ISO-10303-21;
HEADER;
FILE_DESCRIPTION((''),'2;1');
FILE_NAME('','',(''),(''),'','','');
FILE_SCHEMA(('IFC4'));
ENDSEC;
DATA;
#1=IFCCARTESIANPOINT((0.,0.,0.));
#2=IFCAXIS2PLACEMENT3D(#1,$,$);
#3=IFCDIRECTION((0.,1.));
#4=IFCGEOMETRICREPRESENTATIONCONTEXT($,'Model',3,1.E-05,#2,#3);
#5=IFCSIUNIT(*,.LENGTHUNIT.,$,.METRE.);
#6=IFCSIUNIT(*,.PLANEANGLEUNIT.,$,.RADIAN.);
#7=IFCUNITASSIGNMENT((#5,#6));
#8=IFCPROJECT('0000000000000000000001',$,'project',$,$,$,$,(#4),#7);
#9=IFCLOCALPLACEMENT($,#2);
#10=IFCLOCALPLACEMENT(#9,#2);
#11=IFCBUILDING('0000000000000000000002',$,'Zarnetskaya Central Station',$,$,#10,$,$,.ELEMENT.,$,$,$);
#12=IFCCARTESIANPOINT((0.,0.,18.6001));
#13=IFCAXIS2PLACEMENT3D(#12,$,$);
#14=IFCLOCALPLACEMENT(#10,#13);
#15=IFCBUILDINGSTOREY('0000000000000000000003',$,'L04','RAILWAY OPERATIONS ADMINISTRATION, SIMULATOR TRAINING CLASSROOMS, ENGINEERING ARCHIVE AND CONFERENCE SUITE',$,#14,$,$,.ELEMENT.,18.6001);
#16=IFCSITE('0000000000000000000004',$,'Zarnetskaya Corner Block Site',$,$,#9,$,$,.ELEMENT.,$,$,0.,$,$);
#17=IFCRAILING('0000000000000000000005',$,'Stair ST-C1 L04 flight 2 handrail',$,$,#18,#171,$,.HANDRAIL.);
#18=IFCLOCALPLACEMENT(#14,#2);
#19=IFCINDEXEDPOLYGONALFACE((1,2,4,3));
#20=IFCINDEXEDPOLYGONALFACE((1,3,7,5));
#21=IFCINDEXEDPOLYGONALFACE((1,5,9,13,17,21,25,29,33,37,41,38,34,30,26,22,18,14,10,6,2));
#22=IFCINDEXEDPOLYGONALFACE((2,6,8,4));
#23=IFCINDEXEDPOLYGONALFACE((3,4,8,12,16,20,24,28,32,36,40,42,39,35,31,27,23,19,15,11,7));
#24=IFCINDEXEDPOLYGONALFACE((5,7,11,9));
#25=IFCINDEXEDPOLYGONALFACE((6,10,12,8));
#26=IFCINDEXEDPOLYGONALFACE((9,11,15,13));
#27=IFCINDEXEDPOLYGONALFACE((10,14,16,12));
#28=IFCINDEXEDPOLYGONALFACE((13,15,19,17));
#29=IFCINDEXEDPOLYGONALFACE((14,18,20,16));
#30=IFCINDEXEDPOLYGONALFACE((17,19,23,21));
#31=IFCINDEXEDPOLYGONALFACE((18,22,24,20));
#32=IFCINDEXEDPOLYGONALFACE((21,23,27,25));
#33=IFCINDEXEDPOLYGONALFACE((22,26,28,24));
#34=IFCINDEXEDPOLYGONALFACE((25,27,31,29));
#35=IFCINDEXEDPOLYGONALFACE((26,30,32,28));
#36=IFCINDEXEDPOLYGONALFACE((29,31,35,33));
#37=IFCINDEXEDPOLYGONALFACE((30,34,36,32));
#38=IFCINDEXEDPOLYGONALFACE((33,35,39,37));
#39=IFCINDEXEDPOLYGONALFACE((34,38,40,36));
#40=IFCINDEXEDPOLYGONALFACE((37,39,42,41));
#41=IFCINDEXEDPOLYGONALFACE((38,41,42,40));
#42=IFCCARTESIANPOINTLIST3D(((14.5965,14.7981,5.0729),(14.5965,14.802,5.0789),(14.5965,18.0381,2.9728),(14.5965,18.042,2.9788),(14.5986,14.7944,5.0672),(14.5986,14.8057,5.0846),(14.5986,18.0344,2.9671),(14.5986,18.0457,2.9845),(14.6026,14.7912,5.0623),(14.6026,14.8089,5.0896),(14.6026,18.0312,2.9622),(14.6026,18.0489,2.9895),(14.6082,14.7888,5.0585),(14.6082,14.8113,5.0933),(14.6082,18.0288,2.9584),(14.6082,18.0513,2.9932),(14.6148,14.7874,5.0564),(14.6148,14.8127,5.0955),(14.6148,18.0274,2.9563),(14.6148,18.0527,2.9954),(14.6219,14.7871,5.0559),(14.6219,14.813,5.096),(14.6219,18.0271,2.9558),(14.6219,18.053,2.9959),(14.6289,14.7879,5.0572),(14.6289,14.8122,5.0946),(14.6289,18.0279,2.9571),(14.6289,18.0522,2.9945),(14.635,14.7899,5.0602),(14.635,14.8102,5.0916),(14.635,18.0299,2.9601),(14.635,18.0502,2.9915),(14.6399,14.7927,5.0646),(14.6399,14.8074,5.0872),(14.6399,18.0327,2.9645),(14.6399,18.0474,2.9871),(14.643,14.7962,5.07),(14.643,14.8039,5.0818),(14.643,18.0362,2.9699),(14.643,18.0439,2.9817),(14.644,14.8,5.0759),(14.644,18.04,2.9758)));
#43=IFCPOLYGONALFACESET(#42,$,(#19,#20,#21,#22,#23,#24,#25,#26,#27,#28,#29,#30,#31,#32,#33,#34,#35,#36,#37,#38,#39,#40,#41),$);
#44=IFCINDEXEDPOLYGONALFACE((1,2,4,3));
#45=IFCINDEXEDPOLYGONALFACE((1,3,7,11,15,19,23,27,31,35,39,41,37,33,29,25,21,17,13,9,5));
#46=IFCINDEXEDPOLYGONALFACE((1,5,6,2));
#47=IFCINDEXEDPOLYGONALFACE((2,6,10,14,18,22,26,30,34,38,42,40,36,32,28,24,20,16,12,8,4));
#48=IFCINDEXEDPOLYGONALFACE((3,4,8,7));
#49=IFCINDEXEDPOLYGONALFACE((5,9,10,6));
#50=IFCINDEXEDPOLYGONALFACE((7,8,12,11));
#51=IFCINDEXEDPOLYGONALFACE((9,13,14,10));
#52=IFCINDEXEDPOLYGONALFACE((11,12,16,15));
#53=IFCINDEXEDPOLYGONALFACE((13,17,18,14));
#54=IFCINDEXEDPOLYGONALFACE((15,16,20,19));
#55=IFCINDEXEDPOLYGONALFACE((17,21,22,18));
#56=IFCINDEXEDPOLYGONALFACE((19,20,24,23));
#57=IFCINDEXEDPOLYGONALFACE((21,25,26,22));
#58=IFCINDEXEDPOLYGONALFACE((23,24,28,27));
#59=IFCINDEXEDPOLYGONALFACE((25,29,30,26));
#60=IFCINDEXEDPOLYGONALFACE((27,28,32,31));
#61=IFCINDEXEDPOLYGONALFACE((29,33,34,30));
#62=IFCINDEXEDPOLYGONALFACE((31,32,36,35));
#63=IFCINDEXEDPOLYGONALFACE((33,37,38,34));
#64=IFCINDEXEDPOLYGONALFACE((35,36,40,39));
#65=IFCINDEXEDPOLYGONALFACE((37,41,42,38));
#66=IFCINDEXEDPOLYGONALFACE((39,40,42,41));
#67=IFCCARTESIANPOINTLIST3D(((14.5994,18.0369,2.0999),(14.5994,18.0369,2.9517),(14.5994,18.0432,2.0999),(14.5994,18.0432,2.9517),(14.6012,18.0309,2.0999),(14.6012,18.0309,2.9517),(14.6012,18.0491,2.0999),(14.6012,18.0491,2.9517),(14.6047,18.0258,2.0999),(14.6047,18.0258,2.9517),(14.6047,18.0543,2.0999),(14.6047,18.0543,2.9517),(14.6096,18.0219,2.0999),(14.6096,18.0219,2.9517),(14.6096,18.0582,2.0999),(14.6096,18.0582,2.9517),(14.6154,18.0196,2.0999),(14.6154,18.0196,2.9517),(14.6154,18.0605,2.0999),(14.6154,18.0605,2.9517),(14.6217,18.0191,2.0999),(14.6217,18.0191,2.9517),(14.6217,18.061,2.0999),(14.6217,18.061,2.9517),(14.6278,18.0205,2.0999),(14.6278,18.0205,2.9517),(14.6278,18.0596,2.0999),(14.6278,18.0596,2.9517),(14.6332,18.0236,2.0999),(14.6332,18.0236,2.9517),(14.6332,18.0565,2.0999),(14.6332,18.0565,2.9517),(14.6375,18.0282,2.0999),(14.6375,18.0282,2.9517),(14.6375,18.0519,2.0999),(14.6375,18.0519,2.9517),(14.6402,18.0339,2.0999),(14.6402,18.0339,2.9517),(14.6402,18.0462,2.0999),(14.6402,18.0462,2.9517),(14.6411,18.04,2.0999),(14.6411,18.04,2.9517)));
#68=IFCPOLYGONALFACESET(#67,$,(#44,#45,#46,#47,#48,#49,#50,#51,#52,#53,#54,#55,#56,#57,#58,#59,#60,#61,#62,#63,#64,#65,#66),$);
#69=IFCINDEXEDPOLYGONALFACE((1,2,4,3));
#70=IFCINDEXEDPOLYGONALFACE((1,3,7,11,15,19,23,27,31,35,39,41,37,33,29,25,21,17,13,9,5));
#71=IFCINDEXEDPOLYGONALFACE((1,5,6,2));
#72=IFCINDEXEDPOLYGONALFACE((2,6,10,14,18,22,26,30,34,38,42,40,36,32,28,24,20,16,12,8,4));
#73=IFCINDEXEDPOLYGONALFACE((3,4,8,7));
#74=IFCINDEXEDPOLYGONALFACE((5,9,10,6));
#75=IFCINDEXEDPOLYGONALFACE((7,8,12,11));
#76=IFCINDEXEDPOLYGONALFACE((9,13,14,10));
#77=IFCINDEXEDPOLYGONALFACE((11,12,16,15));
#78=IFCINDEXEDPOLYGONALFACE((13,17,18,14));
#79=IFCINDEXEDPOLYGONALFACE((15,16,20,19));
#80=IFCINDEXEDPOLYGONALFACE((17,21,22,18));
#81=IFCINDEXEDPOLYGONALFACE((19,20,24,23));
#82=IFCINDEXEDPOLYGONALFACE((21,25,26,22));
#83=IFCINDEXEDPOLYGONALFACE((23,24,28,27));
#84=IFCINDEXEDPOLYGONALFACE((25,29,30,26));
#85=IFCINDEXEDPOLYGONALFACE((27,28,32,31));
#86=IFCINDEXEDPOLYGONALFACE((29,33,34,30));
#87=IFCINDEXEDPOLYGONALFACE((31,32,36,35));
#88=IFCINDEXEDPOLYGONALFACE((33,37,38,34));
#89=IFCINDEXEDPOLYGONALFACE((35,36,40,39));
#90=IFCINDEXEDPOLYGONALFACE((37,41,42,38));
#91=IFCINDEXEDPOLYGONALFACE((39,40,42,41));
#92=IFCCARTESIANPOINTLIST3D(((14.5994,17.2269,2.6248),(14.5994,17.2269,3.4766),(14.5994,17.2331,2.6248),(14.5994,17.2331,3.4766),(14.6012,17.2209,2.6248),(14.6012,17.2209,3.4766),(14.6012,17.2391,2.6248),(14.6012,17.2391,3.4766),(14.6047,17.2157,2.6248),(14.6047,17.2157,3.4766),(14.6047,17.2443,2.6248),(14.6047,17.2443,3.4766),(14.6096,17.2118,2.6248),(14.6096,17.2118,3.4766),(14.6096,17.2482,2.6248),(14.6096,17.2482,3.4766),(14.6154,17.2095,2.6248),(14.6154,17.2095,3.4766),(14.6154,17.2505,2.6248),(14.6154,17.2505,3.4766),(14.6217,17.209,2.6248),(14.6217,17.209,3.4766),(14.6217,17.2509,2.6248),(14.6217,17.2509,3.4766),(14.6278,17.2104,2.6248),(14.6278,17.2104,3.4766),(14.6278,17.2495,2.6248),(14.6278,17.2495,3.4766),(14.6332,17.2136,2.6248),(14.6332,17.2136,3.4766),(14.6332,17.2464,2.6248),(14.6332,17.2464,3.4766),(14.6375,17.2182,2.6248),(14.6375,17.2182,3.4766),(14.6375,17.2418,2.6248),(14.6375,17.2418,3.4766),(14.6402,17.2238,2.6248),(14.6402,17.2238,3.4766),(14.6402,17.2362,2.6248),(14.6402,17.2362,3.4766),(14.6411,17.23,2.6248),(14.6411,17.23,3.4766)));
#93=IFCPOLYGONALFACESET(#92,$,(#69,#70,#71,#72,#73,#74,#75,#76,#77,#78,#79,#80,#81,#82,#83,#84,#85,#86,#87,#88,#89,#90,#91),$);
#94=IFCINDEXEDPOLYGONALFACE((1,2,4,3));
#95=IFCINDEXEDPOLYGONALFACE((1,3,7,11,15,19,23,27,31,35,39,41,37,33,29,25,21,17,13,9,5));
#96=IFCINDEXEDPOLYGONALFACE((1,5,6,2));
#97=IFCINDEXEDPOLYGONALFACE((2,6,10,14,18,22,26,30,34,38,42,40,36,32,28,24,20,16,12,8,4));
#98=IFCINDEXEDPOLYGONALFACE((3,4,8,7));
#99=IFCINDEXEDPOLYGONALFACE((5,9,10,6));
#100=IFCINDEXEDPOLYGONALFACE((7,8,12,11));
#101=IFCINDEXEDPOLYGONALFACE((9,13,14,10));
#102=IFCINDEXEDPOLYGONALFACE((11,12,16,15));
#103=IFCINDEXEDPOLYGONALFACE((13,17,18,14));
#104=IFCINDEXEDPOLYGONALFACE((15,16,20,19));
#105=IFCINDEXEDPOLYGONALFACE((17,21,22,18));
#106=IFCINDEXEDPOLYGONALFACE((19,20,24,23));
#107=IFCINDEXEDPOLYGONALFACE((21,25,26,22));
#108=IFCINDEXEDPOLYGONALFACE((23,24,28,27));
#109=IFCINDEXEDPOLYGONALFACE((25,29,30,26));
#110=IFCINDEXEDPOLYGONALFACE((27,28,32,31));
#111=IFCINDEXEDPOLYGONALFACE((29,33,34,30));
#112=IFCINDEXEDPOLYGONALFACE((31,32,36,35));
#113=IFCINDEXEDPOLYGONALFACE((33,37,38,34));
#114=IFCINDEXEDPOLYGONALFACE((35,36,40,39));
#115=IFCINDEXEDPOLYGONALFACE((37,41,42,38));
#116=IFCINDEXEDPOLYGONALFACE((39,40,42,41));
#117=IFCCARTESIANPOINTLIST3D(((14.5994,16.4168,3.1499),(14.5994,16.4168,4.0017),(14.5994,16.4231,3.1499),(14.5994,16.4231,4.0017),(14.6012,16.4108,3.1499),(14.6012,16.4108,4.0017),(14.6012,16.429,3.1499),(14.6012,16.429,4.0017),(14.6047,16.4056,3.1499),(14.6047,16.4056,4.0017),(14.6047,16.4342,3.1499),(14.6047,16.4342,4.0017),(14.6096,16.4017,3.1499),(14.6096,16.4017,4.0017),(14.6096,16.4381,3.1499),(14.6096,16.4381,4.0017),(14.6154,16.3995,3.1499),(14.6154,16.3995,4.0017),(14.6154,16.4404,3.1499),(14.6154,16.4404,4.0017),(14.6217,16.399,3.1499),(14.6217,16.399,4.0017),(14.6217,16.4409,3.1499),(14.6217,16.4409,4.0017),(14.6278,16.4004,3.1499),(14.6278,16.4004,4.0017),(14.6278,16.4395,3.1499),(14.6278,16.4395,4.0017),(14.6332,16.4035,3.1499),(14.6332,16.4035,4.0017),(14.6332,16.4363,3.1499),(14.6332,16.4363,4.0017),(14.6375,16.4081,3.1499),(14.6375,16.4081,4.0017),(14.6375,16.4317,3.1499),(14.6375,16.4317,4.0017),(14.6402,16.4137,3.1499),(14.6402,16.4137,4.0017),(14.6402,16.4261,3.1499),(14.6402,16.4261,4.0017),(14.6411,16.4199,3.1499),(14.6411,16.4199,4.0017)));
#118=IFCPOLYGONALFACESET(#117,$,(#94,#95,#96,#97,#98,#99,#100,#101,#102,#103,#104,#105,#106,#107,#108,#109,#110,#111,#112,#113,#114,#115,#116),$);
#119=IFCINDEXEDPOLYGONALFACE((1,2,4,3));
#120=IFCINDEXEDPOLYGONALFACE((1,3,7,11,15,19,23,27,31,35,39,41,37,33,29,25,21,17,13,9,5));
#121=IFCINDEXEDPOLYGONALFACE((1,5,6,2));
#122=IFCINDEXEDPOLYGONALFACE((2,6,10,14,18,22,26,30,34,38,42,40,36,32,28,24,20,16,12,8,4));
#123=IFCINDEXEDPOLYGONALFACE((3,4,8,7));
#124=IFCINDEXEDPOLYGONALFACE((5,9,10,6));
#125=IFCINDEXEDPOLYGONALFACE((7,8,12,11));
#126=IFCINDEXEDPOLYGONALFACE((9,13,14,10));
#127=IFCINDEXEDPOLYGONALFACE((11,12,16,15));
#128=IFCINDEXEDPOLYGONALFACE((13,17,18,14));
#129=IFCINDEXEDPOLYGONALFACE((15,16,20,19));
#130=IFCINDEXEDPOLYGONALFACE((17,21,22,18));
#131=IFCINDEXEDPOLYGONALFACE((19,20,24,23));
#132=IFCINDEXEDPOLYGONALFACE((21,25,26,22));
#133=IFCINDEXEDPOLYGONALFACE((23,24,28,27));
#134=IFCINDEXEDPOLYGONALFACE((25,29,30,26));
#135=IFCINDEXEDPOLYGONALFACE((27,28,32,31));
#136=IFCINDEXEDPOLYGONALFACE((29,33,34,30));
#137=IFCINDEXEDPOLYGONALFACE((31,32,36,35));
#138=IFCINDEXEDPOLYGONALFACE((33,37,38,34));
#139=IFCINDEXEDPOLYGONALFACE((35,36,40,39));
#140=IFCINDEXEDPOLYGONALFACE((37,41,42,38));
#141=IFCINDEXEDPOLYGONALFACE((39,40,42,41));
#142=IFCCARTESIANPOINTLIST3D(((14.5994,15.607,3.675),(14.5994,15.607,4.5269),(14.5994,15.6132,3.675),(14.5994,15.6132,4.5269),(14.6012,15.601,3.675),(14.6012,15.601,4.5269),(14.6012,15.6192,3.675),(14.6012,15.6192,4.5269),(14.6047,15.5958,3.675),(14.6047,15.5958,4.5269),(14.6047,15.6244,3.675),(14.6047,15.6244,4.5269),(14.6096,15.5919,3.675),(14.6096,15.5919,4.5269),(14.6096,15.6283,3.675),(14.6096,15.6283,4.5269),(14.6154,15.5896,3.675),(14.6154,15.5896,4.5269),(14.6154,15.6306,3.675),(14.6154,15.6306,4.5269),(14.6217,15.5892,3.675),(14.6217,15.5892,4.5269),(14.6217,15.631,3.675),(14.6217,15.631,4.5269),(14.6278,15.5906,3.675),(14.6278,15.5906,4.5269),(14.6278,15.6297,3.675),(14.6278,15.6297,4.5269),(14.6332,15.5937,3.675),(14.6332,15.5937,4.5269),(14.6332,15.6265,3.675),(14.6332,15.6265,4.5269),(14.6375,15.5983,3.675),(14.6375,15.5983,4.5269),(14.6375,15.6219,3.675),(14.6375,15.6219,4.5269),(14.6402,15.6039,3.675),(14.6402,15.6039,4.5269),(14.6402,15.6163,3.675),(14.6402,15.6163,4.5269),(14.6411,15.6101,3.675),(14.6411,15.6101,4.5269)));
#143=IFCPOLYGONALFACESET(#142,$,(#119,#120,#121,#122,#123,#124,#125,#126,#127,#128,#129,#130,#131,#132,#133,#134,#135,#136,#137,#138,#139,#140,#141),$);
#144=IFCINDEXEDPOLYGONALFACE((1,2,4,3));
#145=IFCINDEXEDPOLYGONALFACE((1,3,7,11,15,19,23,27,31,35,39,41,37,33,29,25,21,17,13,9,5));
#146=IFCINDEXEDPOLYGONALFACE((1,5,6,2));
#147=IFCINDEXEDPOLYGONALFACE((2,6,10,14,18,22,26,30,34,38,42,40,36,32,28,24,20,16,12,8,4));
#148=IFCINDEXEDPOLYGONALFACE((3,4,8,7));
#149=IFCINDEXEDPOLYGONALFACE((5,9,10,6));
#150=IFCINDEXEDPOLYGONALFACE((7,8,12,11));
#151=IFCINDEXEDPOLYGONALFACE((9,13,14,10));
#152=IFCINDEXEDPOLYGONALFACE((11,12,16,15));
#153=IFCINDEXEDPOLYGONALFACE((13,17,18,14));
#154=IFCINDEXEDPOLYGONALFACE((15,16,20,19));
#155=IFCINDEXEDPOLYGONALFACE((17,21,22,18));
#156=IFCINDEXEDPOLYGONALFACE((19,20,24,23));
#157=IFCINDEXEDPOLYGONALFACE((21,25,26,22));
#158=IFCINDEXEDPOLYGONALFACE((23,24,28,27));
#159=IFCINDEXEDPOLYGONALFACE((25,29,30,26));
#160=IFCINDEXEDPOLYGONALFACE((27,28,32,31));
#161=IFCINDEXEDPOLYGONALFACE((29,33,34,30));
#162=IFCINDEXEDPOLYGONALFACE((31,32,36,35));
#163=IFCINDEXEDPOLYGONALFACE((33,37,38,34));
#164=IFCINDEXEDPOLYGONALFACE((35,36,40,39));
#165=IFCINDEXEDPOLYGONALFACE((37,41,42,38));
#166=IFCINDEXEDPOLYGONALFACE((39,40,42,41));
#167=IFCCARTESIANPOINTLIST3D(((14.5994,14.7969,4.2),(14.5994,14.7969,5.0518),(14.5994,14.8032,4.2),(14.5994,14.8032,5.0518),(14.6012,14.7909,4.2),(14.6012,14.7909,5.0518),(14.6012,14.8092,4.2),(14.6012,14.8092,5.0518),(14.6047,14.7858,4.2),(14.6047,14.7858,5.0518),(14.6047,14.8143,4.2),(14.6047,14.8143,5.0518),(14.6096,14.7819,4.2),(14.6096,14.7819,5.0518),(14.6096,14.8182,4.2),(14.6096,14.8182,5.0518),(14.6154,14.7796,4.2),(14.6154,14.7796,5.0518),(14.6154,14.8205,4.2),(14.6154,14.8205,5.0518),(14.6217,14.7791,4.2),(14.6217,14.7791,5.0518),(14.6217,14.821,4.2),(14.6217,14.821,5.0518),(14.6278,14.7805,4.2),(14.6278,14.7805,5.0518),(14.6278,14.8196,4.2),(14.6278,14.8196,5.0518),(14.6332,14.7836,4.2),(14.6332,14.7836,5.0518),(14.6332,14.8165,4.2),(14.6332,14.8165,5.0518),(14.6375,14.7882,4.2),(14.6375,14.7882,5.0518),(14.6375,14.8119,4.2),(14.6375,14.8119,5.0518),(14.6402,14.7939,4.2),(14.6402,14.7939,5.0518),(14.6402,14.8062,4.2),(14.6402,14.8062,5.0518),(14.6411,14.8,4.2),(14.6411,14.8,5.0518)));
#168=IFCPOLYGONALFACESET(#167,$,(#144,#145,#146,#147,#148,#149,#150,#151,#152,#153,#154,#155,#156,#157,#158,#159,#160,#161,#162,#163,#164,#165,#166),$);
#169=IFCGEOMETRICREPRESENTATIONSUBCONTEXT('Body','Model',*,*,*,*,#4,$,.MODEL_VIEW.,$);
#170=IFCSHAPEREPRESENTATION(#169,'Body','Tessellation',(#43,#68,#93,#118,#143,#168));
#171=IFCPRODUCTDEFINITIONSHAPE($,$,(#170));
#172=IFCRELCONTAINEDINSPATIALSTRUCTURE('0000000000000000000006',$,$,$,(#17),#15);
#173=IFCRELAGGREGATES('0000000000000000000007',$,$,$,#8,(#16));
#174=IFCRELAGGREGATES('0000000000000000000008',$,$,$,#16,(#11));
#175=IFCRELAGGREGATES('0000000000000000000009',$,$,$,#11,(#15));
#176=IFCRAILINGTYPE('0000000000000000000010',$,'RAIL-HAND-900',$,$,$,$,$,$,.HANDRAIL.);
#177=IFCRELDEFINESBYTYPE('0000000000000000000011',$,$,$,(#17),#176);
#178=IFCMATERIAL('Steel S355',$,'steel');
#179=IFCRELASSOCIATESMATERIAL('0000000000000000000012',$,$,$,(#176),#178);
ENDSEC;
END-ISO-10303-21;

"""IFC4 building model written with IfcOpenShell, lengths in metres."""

from ifc_helpers import new_model, si_unit, direction, frame, origin, origin_2d, place, context, subcontext, project, spatial, circle, extrude, material, type_object, element, save


model = new_model("IFC4")

# Units and contexts
model_context = context("Model", 3, precision=1e-05, world=origin(), true_north=direction((0.0, 1.0)))
body_context = subcontext(model_context, "Body", "Model", "MODEL_VIEW")
ifc_project = project(units=[si_unit("LENGTHUNIT", "METRE"), si_unit("PLANEANGLEUNIT", "RADIAN")], contexts=[model_context])

# Site, building, storey
site_placement = place(None, origin())
site = spatial("IfcSite", under=ifc_project, at=site_placement, Name="Zarnetskaya Corner Block Site", CompositionType="ELEMENT", RefElevation=0.0)
building_placement = place(site_placement, origin())
building = spatial("IfcBuilding", under=site, at=building_placement, Name="Zarnetskaya Central Station", CompositionType="ELEMENT")
storey_placement = place(building_placement, frame((0.0, 0.0, 18.6001)))
storey = spatial("IfcBuildingStorey", under=building, at=storey_placement, Name="L04", Description="RAILWAY OPERATIONS ADMINISTRATION, SIMULATOR TRAINING CLASSROOMS, ENGINEERING ARCHIVE AND CONFERENCE SUITE", CompositionType="ELEMENT", Elevation=18.6001)

# Shared definitions
ifc_material_1 = material(Name="Steel S355", Category="steel")

# Railing
railing_type_1 = type_object("IfcRailingType", Name="RAIL-HAND-900", PredefinedType="HANDRAIL", material=ifc_material_1)
railing_1_placement = place(storey_placement, frame((14.6201, 18.04, 2.0999)))
element("IfcRailing", 1, at=railing_1_placement, inside=storey, type_object=railing_type_1, Name="Stair ST-C1 L04 flight 2 handrail", PredefinedType="HANDRAIL", context=body_context, shape_type="SweptSolid", body=[
    extrude(circle(Radius=0.0239, at=origin_2d()), frame((0.0, 0.0, 0.876), z_axis=(0.0, -0.839141, 0.543914), x_axis=(1.0, 0.0, 0.0)), (0.0, 0.0, 1.0), 3.8611),
    extrude(circle(Radius=0.021, at=origin_2d()), origin(), (0.0, 0.0, 1.0), 0.8518),
    extrude(circle(Radius=0.021, at=origin_2d()), frame((0.0, -0.8101, 0.5249)), (0.0, 0.0, 1.0), 0.8518),
    extrude(circle(Radius=0.021, at=origin_2d()), frame((0.0, -1.6201, 1.05)), (0.0, 0.0, 1.0), 0.8518),
    extrude(circle(Radius=0.021, at=origin_2d()), frame((0.0, -2.4299, 1.5752)), (0.0, 0.0, 1.0), 0.8518),
    extrude(circle(Radius=0.021, at=origin_2d()), frame((0.0, -3.24, 2.1001)), (0.0, 0.0, 1.0), 0.8518),
])

save(model, "model.ifc")
